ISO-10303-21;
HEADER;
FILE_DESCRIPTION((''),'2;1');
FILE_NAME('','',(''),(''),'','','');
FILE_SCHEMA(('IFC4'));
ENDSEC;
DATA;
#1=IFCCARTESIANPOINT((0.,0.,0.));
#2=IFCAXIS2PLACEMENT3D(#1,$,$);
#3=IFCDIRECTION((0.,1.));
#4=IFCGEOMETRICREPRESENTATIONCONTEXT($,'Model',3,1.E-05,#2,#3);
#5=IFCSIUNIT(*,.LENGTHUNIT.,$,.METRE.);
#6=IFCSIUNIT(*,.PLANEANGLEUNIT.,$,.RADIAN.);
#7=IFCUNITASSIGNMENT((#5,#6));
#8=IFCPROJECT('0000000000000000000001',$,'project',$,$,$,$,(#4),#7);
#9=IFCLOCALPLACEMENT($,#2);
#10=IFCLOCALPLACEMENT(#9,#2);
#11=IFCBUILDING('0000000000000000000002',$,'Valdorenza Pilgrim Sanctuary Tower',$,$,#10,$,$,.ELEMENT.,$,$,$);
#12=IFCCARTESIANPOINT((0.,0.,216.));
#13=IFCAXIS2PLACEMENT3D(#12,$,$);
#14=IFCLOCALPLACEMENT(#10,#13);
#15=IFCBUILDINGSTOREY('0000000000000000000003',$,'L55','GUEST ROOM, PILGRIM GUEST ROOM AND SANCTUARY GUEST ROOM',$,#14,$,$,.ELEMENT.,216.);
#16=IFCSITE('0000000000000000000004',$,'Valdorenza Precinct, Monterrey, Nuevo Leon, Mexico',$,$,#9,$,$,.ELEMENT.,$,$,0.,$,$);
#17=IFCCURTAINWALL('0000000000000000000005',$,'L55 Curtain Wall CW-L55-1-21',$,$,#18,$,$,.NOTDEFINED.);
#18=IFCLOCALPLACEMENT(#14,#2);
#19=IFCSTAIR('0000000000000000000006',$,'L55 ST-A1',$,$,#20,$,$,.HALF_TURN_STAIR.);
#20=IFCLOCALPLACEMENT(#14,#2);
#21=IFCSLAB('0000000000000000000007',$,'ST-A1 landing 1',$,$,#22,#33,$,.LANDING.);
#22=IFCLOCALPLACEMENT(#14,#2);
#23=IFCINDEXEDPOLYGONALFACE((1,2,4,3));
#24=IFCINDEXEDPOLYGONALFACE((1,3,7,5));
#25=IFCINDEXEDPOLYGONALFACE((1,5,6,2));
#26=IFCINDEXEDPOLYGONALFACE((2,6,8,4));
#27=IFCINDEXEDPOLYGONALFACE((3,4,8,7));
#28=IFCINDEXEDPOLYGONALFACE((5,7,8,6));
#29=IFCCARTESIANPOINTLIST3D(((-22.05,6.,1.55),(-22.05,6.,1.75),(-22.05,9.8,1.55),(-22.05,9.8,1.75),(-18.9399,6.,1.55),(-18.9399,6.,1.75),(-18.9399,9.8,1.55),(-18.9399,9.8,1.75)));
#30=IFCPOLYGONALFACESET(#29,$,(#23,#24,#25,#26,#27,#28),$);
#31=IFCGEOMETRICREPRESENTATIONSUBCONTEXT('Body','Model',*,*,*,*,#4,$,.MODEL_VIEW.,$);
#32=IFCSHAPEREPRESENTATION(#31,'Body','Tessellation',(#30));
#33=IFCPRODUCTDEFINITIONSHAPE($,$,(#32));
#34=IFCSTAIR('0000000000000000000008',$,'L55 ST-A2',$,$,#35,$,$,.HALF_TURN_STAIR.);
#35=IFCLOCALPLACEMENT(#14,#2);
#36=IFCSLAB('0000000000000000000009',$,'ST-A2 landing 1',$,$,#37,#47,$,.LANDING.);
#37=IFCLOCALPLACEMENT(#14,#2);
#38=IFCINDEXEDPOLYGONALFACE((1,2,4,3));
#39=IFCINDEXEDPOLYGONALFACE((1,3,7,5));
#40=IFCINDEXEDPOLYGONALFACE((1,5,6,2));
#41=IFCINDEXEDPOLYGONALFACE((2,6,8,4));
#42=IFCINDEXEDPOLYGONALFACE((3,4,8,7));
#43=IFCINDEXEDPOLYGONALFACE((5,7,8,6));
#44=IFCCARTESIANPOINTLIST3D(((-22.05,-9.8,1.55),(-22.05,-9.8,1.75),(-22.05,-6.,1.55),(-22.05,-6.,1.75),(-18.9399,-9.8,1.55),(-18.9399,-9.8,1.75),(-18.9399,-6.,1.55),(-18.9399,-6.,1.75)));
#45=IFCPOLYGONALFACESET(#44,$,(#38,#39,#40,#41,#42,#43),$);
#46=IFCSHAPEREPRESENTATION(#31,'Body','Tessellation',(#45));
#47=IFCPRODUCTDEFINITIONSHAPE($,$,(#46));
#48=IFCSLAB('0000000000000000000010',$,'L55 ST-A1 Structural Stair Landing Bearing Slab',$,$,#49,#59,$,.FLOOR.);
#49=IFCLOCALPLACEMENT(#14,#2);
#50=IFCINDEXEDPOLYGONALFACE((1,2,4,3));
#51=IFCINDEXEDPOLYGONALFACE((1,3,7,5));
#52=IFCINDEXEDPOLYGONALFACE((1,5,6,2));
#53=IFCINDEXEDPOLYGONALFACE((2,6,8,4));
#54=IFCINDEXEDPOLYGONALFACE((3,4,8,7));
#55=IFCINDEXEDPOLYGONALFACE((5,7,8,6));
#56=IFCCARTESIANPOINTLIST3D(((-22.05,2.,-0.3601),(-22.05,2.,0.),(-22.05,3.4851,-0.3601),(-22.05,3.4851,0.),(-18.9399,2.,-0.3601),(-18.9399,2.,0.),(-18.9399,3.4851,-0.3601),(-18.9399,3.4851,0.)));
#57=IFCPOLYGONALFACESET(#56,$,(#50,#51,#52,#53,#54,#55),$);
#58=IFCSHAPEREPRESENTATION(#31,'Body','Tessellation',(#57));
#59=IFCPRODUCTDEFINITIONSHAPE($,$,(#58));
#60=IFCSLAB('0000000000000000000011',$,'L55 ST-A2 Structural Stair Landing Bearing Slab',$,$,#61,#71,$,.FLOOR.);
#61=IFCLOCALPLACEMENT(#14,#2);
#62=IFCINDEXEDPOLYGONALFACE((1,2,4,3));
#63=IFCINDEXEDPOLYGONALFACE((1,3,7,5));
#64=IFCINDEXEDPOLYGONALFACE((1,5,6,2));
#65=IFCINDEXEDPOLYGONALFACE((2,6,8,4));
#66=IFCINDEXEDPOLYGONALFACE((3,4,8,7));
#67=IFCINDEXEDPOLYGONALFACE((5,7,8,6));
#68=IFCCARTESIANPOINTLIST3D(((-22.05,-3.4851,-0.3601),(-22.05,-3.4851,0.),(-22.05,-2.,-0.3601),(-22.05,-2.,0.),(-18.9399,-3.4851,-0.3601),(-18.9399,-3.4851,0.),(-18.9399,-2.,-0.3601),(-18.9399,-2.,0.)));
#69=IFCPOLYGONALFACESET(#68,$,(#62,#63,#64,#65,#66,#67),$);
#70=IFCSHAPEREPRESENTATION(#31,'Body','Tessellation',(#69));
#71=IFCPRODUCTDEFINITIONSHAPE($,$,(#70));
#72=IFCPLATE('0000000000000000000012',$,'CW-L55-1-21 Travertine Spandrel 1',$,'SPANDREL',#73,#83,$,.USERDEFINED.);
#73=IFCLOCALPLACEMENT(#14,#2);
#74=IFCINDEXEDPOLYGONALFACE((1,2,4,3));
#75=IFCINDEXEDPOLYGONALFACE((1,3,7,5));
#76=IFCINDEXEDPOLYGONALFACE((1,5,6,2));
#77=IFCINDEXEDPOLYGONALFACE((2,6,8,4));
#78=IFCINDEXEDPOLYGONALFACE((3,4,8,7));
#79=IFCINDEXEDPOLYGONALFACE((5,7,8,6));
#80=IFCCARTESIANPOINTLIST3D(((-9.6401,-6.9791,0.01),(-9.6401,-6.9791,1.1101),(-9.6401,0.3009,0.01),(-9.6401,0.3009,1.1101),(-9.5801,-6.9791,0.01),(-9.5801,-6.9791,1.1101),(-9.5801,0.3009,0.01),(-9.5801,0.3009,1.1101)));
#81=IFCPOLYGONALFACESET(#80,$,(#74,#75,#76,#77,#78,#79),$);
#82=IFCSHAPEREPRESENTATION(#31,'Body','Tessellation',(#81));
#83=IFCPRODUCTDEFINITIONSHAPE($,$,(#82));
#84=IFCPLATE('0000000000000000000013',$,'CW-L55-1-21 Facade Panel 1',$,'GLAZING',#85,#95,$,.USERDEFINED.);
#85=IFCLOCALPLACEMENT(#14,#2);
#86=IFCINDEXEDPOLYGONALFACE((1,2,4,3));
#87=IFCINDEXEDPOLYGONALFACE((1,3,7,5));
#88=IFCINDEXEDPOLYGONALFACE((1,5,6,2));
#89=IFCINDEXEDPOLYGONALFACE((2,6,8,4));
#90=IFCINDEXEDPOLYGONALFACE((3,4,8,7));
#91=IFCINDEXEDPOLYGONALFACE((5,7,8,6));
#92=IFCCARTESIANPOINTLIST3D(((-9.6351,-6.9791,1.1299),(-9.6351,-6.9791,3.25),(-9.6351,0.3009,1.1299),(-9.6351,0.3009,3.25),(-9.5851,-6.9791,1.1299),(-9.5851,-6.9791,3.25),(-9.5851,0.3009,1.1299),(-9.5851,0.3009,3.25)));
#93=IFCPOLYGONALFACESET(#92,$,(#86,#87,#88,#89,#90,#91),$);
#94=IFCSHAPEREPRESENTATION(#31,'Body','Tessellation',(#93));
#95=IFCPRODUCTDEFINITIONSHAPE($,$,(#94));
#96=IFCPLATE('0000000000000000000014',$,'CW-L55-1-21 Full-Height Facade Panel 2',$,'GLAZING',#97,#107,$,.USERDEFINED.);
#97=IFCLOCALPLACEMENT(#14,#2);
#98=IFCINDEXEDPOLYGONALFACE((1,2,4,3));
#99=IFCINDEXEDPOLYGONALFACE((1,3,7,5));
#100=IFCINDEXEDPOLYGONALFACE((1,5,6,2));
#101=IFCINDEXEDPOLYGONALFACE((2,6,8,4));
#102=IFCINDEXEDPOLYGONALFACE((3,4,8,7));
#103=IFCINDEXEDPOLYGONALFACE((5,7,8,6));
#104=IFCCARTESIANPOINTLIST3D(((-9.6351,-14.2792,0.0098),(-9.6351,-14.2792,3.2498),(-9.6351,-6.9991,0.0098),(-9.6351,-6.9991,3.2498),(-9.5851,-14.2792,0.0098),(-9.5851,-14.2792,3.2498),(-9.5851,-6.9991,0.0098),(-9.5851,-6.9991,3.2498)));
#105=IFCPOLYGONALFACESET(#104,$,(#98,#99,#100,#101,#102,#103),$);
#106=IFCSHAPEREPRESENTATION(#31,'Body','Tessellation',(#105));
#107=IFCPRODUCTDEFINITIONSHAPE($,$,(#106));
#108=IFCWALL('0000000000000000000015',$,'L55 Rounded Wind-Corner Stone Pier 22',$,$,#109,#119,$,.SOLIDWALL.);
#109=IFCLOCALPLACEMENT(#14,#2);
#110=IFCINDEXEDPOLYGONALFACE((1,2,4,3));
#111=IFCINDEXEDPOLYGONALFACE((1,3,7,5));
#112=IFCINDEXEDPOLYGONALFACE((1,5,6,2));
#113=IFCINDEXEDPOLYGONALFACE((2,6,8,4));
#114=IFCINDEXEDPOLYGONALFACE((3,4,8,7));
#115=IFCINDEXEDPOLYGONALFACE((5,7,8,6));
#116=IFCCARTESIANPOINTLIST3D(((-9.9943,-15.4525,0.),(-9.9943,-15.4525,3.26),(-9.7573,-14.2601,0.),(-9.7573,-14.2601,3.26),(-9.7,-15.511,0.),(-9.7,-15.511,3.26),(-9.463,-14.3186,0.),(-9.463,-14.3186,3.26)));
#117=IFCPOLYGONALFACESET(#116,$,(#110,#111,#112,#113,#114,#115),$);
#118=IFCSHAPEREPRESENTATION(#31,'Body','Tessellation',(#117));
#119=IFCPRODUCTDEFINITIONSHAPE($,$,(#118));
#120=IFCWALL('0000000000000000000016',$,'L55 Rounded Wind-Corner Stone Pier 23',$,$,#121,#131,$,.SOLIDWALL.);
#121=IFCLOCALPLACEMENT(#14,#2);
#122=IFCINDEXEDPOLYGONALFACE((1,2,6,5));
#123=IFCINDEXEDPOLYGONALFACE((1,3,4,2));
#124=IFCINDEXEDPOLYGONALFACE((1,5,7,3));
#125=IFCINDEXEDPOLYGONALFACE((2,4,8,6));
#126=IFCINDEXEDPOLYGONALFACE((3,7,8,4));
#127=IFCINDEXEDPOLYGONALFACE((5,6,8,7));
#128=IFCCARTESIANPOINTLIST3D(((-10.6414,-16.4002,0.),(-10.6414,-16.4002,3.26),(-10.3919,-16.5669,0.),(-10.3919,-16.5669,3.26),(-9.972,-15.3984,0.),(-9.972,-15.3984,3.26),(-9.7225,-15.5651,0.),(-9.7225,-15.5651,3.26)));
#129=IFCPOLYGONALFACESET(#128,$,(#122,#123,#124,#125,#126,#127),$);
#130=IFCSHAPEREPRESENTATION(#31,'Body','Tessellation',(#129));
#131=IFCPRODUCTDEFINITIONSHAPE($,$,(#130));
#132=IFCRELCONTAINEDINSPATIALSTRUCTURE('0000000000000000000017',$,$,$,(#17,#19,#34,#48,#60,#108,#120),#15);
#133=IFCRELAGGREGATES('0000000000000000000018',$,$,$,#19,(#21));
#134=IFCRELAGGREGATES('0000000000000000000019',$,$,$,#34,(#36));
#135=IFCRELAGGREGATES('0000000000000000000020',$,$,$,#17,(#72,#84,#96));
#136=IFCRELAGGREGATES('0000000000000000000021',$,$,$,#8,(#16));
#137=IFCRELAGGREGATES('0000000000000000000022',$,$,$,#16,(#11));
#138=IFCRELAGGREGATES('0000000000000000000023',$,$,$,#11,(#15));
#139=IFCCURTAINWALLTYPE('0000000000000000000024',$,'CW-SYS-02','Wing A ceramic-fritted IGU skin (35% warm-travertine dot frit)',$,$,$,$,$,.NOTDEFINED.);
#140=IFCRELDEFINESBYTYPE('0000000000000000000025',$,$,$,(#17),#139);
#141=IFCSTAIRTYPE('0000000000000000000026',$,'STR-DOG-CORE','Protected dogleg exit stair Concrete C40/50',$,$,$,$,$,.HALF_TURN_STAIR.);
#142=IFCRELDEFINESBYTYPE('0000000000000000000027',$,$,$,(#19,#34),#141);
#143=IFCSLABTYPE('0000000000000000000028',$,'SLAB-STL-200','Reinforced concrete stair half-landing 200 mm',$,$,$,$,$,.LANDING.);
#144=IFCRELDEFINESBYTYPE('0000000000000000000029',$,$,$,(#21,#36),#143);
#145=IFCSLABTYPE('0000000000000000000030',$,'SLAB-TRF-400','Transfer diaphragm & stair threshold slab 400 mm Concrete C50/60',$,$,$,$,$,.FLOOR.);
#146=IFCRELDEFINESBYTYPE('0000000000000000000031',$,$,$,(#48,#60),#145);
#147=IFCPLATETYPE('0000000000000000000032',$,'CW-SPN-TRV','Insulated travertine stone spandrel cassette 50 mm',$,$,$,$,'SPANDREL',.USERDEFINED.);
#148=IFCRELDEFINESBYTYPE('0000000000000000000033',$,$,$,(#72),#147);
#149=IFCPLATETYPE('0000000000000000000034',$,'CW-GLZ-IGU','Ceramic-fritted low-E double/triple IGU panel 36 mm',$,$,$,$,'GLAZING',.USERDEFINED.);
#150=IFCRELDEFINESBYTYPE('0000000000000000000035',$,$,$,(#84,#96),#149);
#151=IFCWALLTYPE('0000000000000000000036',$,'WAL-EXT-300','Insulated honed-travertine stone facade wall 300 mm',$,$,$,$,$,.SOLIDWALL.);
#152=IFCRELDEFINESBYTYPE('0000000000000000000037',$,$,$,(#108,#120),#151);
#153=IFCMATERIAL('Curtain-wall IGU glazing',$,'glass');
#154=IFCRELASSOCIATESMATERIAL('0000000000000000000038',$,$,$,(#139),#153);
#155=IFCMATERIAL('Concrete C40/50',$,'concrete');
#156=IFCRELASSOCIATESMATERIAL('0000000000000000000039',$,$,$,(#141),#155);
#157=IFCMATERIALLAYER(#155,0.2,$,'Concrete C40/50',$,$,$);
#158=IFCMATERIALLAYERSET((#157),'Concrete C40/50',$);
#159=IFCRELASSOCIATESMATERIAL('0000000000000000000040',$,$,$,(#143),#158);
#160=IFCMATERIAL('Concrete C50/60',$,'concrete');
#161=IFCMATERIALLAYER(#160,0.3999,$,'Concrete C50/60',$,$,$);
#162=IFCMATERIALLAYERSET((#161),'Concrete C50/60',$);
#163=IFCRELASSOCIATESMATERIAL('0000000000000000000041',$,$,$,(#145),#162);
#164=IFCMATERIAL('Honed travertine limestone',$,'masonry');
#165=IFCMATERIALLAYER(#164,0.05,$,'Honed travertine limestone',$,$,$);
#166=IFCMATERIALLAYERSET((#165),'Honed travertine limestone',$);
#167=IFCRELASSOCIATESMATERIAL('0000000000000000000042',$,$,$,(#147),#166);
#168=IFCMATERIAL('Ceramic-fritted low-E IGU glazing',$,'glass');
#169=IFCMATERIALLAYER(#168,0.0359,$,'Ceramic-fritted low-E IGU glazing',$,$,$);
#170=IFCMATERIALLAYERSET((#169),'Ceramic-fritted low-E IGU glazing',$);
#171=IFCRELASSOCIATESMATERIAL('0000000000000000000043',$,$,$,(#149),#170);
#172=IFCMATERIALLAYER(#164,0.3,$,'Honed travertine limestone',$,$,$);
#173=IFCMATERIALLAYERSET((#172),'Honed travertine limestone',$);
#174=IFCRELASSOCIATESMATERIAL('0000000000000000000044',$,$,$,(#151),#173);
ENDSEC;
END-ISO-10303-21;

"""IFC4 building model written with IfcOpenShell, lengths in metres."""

from ifc_helpers import new_model, si_unit, direction, frame, frame_2d, origin, origin_2d, place, context, subcontext, project, spatial, polyline, rectangle, outline, extrude, source, transform, mapped, material, layer, layer_set, type_object, element, aggregate, save


model = new_model("IFC4")

# Units and contexts
model_context = context("Model", 3, precision=1e-05, world=origin(), true_north=direction((0.0, 1.0)))
body_context = subcontext(model_context, "Body", "Model", "MODEL_VIEW")
ifc_project = project(units=[si_unit("LENGTHUNIT", "METRE"), si_unit("PLANEANGLEUNIT", "RADIAN")], contexts=[model_context])

# Site, building, storey
site_placement = place(None, origin())
site = spatial("IfcSite", under=ifc_project, at=site_placement, Name="Valdorenza Precinct, Monterrey, Nuevo Leon, Mexico", CompositionType="ELEMENT", RefElevation=0.0)
building_placement = place(site_placement, origin())
building = spatial("IfcBuilding", under=site, at=building_placement, Name="Valdorenza Pilgrim Sanctuary Tower", CompositionType="ELEMENT")
storey_placement = place(building_placement, frame((0.0, 0.0, 216.0)))
storey = spatial("IfcBuildingStorey", under=building, at=storey_placement, Name="L55", Description="GUEST ROOM, PILGRIM GUEST ROOM AND SANCTUARY GUEST ROOM", CompositionType="ELEMENT", Elevation=216.0)

# Curtain wall
ifc_material_1 = material(Name="Curtain-wall IGU glazing", Category="glass")
curtain_wall_type = type_object("IfcCurtainWallType", Name="CW-SYS-02", Description="Wing A ceramic-fritted IGU skin (35% warm-travertine dot frit)", PredefinedType="NOTDEFINED", material=ifc_material_1)
curtain_wall_placement = place(storey_placement, origin())
curtain_wall = element("IfcCurtainWall", 1, at=curtain_wall_placement, inside=storey, type_object=curtain_wall_type, Name="L55 Curtain Wall CW-L55-1-21", PredefinedType="NOTDEFINED")

# Shared definitions
ifc_material_2 = material(Name="Concrete C40/50", Category="concrete")

# Stairs, slabs
stair_type = type_object("IfcStairType", Name="STR-DOG-CORE", Description="Protected dogleg exit stair Concrete C40/50", PredefinedType="HALF_TURN_STAIR", material=ifc_material_2)
stair_1_placement = place(storey_placement, origin())
stair_1 = element("IfcStair", 2, at=stair_1_placement, inside=storey, type_object=stair_type, Name="L55 ST-A1", PredefinedType="HALF_TURN_STAIR")
ifc_layer_1 = layer(ifc_material_2, 0.2, Name="Concrete C40/50")
ifc_layer_set_1 = layer_set([ifc_layer_1], Name="Concrete C40/50")
slab_type_1 = type_object("IfcSlabType", Name="SLAB-STL-200", Description="Reinforced concrete stair half-landing 200 mm", PredefinedType="LANDING", material=ifc_layer_set_1)
slab_1_placement = place(storey_placement, frame((0.0, 0.0, 1.55)))
slab_1 = element("IfcSlab", 3, at=slab_1_placement, type_object=slab_type_1, Name="ST-A1 landing 1", PredefinedType="LANDING", context=body_context, shape_type="SweptSolid", body=[
    extrude(outline(polyline([(-18.9399, 6.0), (-18.9399, 9.8), (-22.05, 9.8), (-22.05, 6.0), (-18.9399, 6.0)])), origin(), (0.0, 0.0, 1.0), 0.2),
])
aggregate(stair_1, [slab_1])
stair_2_placement = place(storey_placement, origin())
stair_2 = element("IfcStair", 4, at=stair_2_placement, inside=storey, type_object=stair_type, Name="L55 ST-A2", PredefinedType="HALF_TURN_STAIR")
slab_2_placement = place(storey_placement, frame((0.0, 0.0, 1.55)))
slab_2 = element("IfcSlab", 5, at=slab_2_placement, type_object=slab_type_1, Name="ST-A2 landing 1", PredefinedType="LANDING", context=body_context, shape_type="SweptSolid", body=[
    extrude(outline(polyline([(-22.05, -6.0), (-22.05, -9.8), (-18.9399, -9.8), (-18.9399, -6.0), (-22.05, -6.0)])), origin(), (0.0, 0.0, 1.0), 0.2),
])
aggregate(stair_2, [slab_2])

# Slabs
ifc_material_3 = material(Name="Concrete C50/60", Category="concrete")
ifc_layer_2 = layer(ifc_material_3, 0.3999, Name="Concrete C50/60")
ifc_layer_set_2 = layer_set([ifc_layer_2], Name="Concrete C50/60")
slab_type_2 = type_object("IfcSlabType", Name="SLAB-TRF-400", Description="Transfer diaphragm & stair threshold slab 400 mm Concrete C50/60", PredefinedType="FLOOR", material=ifc_layer_set_2)
slab_3_placement = place(storey_placement, frame((0.0, 0.0, -0.3601)))
element("IfcSlab", 6, at=slab_3_placement, inside=storey, type_object=slab_type_2, Name="L55 ST-A1 Structural Stair Landing Bearing Slab", PredefinedType="FLOOR", context=body_context, shape_type="SweptSolid", body=[
    extrude(outline(polyline([(-22.05, 2.0), (-18.9399, 2.0), (-18.9399, 3.4851), (-22.05, 3.4851), (-22.05, 2.0)])), origin(), (0.0, 0.0, 1.0), 0.3601),
])
slab_4_placement = place(storey_placement, frame((0.0, 0.0, -0.3601)))
element("IfcSlab", 7, at=slab_4_placement, inside=storey, type_object=slab_type_2, Name="L55 ST-A2 Structural Stair Landing Bearing Slab", PredefinedType="FLOOR", context=body_context, shape_type="SweptSolid", body=[
    extrude(outline(polyline([(-22.05, -3.4851), (-18.9399, -3.4851), (-18.9399, -2.0), (-22.05, -2.0), (-22.05, -3.4851)])), origin(), (0.0, 0.0, 1.0), 0.3601),
])

# Plates
ifc_material_4 = material(Name="Honed travertine limestone", Category="masonry")
ifc_layer_3 = layer(ifc_material_4, 0.05, Name="Honed travertine limestone")
ifc_layer_set_3 = layer_set([ifc_layer_3], Name="Honed travertine limestone")
plate_type_1 = type_object("IfcPlateType", Name="CW-SPN-TRV", Description="Insulated travertine stone spandrel cassette 50 mm", ElementType="SPANDREL", PredefinedType="USERDEFINED", material=ifc_layer_set_3)
shared_shape_1 = source(origin(), body_context, "Body", "SweptSolid", [
    extrude(rectangle(XDim=7.28, YDim=0.0601, at=origin_2d()), origin(), (0.0, 0.0, 1.0), 1.1001),
])
plate_1_placement = place(storey_placement, frame((-9.6101, -3.3391, 0.01), z_axis=(0.0, 0.0, 1.0), x_axis=(0.0, -1.0, 0.0)))
plate_1 = element("IfcPlate", 8, at=plate_1_placement, type_object=plate_type_1, Name="CW-L55-1-21 Travertine Spandrel 1", ObjectType="SPANDREL", PredefinedType="USERDEFINED", context=body_context, shape_type="MappedRepresentation", body=[
    mapped(shared_shape_1, transform((0.0, 0.0, 0.0), x_axis=(1.0, 0.0, 0.0), y_axis=(0.0, 1.0, 0.0), z_axis=(0.0, 0.0, 1.0), scale=1.0)),
])
ifc_material_5 = material(Name="Ceramic-fritted low-E IGU glazing", Category="glass")
ifc_layer_4 = layer(ifc_material_5, 0.0359, Name="Ceramic-fritted low-E IGU glazing")
ifc_layer_set_4 = layer_set([ifc_layer_4], Name="Ceramic-fritted low-E IGU glazing")
plate_type_2 = type_object("IfcPlateType", Name="CW-GLZ-IGU", Description="Ceramic-fritted low-E double/triple IGU panel 36 mm", ElementType="GLAZING", PredefinedType="USERDEFINED", material=ifc_layer_set_4)
shared_shape_2 = source(origin(), body_context, "Body", "SweptSolid", [
    extrude(rectangle(XDim=7.28, YDim=0.05, at=origin_2d()), origin(), (0.0, 0.0, 1.0), 2.1201),
])
plate_2_placement = place(storey_placement, frame((-9.6101, -3.3391, 1.1299), z_axis=(0.0, 0.0, 1.0), x_axis=(0.0, -1.0, 0.0)))
plate_2 = element("IfcPlate", 9, at=plate_2_placement, type_object=plate_type_2, Name="CW-L55-1-21 Facade Panel 1", ObjectType="GLAZING", PredefinedType="USERDEFINED", context=body_context, shape_type="MappedRepresentation", body=[
    mapped(shared_shape_2, transform((0.0, 0.0, 0.0), x_axis=(1.0, 0.0, 0.0), y_axis=(0.0, 1.0, 0.0), z_axis=(0.0, 0.0, 1.0), scale=1.0)),
])
shared_shape_3 = source(origin(), body_context, "Body", "SweptSolid", [
    extrude(rectangle(XDim=7.28, YDim=0.05, at=origin_2d()), origin(), (0.0, 0.0, 1.0), 3.24),
])
plate_3_placement = place(storey_placement, frame((-9.6101, -10.6392, 0.0098), z_axis=(0.0, 0.0, 1.0), x_axis=(0.0, -1.0, 0.0)))
plate_3 = element("IfcPlate", 10, at=plate_3_placement, type_object=plate_type_2, Name="CW-L55-1-21 Full-Height Facade Panel 2", ObjectType="GLAZING", PredefinedType="USERDEFINED", context=body_context, shape_type="MappedRepresentation", body=[
    mapped(shared_shape_3, transform((0.0, 0.0, 0.0), x_axis=(1.0, 0.0, 0.0), y_axis=(0.0, 1.0, 0.0), z_axis=(0.0, 0.0, 1.0), scale=1.0)),
])
aggregate(curtain_wall, [plate_1, plate_2, plate_3])

# Walls
ifc_layer_5 = layer(ifc_material_4, 0.3, Name="Honed travertine limestone")
ifc_layer_set_5 = layer_set([ifc_layer_5], Name="Honed travertine limestone")
wall_type = type_object("IfcWallType", Name="WAL-EXT-300", Description="Insulated honed-travertine stone facade wall 300 mm", PredefinedType="SOLIDWALL", material=ifc_layer_set_5)
wall_1_placement = place(storey_placement, frame((-9.6101, -14.2893, 0.0), z_axis=(0.0, 0.0, 1.0), x_axis=(-0.194996, -0.980804, 0.0)))
element("IfcWall", 11, at=wall_1_placement, inside=storey, type_object=wall_type, Name="L55 Rounded Wind-Corner Stone Pier 22", PredefinedType="SOLIDWALL", context=body_context, shape_type="SweptSolid", body=[
    extrude(rectangle(XDim=1.2158, YDim=0.3, at=frame_2d((0.6079, 0.0))), origin(), (0.0, 0.0, 1.0), 3.26),
])
wall_2_placement = place(storey_placement, frame((-9.8472, -15.4817, 0.0), z_axis=(0.0, 0.0, 1.0), x_axis=(-0.555635, -0.831426, 0.0)))
element("IfcWall", 12, at=wall_2_placement, inside=storey, type_object=wall_type, Name="L55 Rounded Wind-Corner Stone Pier 23", PredefinedType="SOLIDWALL", context=body_context, shape_type="SweptSolid", body=[
    extrude(rectangle(XDim=1.2048, YDim=0.3, at=frame_2d((0.6025, 0.0))), origin(), (0.0, 0.0, 1.0), 3.26),
])

save(model, "model.ifc")
